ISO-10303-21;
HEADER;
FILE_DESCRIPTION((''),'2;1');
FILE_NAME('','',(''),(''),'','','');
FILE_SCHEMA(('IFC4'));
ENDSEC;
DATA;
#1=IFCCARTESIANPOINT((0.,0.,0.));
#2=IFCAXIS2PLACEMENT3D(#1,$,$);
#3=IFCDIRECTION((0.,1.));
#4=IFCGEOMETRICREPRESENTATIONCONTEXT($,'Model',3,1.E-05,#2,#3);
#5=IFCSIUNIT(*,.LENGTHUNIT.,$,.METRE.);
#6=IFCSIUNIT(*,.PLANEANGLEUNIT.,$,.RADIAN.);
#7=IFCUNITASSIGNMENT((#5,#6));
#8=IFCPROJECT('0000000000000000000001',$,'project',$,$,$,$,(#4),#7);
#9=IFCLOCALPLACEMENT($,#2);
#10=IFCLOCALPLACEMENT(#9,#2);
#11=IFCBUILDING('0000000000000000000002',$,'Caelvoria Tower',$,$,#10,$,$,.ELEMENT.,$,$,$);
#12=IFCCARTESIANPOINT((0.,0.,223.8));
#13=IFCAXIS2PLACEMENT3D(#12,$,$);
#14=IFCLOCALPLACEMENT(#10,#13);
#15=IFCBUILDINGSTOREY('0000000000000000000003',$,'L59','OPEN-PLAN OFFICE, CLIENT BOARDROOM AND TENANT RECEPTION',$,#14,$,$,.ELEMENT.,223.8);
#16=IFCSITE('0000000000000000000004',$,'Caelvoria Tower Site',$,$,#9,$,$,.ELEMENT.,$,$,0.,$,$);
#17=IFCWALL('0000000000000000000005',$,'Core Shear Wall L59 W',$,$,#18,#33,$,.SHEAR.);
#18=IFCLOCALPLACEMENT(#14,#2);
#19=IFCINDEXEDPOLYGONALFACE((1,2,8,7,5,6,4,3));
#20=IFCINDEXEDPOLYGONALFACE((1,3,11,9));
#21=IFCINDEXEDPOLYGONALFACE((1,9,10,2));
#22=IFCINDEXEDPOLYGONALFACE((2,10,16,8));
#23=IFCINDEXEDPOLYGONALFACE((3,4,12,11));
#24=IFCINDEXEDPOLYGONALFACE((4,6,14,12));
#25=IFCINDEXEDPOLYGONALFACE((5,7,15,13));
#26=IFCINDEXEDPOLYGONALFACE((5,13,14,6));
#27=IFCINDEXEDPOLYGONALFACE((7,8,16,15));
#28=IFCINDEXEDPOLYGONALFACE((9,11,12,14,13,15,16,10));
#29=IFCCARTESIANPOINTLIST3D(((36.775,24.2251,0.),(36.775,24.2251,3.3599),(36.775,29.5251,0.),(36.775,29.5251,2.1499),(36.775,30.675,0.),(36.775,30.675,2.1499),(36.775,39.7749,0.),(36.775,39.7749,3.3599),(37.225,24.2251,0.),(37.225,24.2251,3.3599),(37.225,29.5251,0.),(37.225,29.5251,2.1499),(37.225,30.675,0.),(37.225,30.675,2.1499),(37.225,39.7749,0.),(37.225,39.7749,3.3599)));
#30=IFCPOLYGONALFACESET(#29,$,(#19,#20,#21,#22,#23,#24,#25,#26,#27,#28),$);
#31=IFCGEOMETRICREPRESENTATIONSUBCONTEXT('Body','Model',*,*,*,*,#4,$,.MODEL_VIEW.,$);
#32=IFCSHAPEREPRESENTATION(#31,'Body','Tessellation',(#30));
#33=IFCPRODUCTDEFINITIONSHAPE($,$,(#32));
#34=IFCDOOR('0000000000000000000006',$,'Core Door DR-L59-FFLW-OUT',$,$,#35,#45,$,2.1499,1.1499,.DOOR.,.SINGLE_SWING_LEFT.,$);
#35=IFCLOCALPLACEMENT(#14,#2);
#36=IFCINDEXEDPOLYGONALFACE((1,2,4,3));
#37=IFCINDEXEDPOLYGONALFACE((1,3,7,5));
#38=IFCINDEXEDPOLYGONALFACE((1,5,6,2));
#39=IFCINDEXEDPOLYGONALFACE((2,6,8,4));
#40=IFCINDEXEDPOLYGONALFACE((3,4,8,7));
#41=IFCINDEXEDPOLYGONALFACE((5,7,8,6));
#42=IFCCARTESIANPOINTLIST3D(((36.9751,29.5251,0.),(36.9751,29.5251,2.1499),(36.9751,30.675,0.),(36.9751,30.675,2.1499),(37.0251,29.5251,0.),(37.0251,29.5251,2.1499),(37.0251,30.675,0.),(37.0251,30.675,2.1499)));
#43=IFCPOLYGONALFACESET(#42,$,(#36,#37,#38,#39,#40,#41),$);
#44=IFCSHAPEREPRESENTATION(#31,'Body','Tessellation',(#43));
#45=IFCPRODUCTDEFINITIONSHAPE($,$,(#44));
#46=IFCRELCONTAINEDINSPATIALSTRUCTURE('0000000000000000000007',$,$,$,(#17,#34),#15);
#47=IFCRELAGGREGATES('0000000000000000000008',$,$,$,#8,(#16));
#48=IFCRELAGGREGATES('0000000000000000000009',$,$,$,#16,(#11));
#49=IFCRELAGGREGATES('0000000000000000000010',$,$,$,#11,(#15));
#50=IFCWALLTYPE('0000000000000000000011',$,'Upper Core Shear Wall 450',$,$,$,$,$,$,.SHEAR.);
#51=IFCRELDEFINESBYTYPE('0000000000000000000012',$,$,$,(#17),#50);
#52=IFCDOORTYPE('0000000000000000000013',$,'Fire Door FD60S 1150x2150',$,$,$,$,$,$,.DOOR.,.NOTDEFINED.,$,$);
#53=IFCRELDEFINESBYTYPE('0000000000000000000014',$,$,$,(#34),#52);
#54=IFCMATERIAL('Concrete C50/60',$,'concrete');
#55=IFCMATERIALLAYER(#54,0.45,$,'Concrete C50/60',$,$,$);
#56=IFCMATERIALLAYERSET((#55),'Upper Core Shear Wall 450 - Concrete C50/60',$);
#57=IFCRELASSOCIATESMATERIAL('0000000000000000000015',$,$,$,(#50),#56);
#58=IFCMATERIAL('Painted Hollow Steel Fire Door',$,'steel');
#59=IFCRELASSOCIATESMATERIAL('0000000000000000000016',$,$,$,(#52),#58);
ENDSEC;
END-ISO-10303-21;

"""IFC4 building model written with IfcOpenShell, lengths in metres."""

from ifc_helpers import new_model, si_unit, direction, frame, frame_2d, origin, place, context, subcontext, project, spatial, rectangle, extrude, material, layer, layer_set, type_object, element, fill, save


model = new_model("IFC4")

# Units and contexts
model_context = context("Model", 3, precision=1e-05, world=origin(), true_north=direction((0.0, 1.0)))
body_context = subcontext(model_context, "Body", "Model", "MODEL_VIEW")
ifc_project = project(units=[si_unit("LENGTHUNIT", "METRE"), si_unit("PLANEANGLEUNIT", "RADIAN")], contexts=[model_context])

# Site, building, storey
site_placement = place(None, origin())
site = spatial("IfcSite", under=ifc_project, at=site_placement, Name="Caelvoria Tower Site", CompositionType="ELEMENT", RefElevation=0.0)
building_placement = place(site_placement, origin())
building = spatial("IfcBuilding", under=site, at=building_placement, Name="Caelvoria Tower", CompositionType="ELEMENT")
storey_placement = place(building_placement, frame((0.0, 0.0, 223.8)))
storey = spatial("IfcBuildingStorey", under=building, at=storey_placement, Name="L59", Description="OPEN-PLAN OFFICE, CLIENT BOARDROOM AND TENANT RECEPTION", CompositionType="ELEMENT", Elevation=223.8)

# Shared definitions
ifc_material_1 = material(Name="Concrete C50/60", Category="concrete")

# Wall, opening, door
ifc_layer_1 = layer(ifc_material_1, 0.45, Name="Concrete C50/60")
ifc_layer_set_1 = layer_set([ifc_layer_1], Name="Upper Core Shear Wall 450 - Concrete C50/60")
wall_type_1 = type_object("IfcWallType", Name="Upper Core Shear Wall 450", PredefinedType="SHEAR", material=ifc_layer_set_1)
wall_1_placement = place(storey_placement, frame((37.0, 24.2251, 0.0), z_axis=(0.0, 0.0, 1.0), x_axis=(0.0, 1.0, 0.0)))
wall_1 = element("IfcWall", 1, at=wall_1_placement, inside=storey, type_object=wall_type_1, Name="Core Shear Wall L59 W", PredefinedType="SHEAR", context=body_context, shape_type="SweptSolid", body=[
    extrude(rectangle(XDim=15.5498, YDim=0.45, at=frame_2d((7.7749, 0.0))), origin(), (0.0, 0.0, 1.0), 3.3599),
])
opening_1_placement = place(wall_1_placement, frame((5.3, 0.0, 0.0)))
opening_1 = element("IfcOpeningElement", 2, at=opening_1_placement, cuts=wall_1, PredefinedType="OPENING", context=body_context, shape_type="SweptSolid", body=[
    extrude(rectangle(XDim=1.1499, YDim=2.1499, at=frame_2d((0.575, 1.075))), frame((0.0, 0.2349, 0.0), z_axis=(0.0, -1.0, 0.0), x_axis=(1.0, 0.0, 0.0)), (0.0, 0.0, 1.0), 0.47),
])
ifc_material_2 = material(Name="Painted Hollow Steel Fire Door", Category="steel")
door_type_1 = type_object("IfcDoorType", Name="Fire Door FD60S 1150x2150", OperationType="NOTDEFINED", PredefinedType="DOOR", material=ifc_material_2)
door_1_placement = place(opening_1_placement, origin())
door_1 = element("IfcDoor", 3, at=door_1_placement, inside=storey, type_object=door_type_1, Name="Core Door DR-L59-FFLW-OUT", OperationType="SINGLE_SWING_LEFT", OverallHeight=2.1499, OverallWidth=1.1499, PredefinedType="DOOR", context=body_context, shape_type="SweptSolid", body=[
    extrude(rectangle(XDim=1.1499, YDim=2.1499, at=frame_2d((0.575, 1.075))), frame((0.0, 0.0249, 0.0), z_axis=(0.0, -1.0, 0.0), x_axis=(1.0, 0.0, 0.0)), (0.0, 0.0, 1.0), 0.05),
])
fill(opening_1, door_1)

save(model, "model.ifc")
